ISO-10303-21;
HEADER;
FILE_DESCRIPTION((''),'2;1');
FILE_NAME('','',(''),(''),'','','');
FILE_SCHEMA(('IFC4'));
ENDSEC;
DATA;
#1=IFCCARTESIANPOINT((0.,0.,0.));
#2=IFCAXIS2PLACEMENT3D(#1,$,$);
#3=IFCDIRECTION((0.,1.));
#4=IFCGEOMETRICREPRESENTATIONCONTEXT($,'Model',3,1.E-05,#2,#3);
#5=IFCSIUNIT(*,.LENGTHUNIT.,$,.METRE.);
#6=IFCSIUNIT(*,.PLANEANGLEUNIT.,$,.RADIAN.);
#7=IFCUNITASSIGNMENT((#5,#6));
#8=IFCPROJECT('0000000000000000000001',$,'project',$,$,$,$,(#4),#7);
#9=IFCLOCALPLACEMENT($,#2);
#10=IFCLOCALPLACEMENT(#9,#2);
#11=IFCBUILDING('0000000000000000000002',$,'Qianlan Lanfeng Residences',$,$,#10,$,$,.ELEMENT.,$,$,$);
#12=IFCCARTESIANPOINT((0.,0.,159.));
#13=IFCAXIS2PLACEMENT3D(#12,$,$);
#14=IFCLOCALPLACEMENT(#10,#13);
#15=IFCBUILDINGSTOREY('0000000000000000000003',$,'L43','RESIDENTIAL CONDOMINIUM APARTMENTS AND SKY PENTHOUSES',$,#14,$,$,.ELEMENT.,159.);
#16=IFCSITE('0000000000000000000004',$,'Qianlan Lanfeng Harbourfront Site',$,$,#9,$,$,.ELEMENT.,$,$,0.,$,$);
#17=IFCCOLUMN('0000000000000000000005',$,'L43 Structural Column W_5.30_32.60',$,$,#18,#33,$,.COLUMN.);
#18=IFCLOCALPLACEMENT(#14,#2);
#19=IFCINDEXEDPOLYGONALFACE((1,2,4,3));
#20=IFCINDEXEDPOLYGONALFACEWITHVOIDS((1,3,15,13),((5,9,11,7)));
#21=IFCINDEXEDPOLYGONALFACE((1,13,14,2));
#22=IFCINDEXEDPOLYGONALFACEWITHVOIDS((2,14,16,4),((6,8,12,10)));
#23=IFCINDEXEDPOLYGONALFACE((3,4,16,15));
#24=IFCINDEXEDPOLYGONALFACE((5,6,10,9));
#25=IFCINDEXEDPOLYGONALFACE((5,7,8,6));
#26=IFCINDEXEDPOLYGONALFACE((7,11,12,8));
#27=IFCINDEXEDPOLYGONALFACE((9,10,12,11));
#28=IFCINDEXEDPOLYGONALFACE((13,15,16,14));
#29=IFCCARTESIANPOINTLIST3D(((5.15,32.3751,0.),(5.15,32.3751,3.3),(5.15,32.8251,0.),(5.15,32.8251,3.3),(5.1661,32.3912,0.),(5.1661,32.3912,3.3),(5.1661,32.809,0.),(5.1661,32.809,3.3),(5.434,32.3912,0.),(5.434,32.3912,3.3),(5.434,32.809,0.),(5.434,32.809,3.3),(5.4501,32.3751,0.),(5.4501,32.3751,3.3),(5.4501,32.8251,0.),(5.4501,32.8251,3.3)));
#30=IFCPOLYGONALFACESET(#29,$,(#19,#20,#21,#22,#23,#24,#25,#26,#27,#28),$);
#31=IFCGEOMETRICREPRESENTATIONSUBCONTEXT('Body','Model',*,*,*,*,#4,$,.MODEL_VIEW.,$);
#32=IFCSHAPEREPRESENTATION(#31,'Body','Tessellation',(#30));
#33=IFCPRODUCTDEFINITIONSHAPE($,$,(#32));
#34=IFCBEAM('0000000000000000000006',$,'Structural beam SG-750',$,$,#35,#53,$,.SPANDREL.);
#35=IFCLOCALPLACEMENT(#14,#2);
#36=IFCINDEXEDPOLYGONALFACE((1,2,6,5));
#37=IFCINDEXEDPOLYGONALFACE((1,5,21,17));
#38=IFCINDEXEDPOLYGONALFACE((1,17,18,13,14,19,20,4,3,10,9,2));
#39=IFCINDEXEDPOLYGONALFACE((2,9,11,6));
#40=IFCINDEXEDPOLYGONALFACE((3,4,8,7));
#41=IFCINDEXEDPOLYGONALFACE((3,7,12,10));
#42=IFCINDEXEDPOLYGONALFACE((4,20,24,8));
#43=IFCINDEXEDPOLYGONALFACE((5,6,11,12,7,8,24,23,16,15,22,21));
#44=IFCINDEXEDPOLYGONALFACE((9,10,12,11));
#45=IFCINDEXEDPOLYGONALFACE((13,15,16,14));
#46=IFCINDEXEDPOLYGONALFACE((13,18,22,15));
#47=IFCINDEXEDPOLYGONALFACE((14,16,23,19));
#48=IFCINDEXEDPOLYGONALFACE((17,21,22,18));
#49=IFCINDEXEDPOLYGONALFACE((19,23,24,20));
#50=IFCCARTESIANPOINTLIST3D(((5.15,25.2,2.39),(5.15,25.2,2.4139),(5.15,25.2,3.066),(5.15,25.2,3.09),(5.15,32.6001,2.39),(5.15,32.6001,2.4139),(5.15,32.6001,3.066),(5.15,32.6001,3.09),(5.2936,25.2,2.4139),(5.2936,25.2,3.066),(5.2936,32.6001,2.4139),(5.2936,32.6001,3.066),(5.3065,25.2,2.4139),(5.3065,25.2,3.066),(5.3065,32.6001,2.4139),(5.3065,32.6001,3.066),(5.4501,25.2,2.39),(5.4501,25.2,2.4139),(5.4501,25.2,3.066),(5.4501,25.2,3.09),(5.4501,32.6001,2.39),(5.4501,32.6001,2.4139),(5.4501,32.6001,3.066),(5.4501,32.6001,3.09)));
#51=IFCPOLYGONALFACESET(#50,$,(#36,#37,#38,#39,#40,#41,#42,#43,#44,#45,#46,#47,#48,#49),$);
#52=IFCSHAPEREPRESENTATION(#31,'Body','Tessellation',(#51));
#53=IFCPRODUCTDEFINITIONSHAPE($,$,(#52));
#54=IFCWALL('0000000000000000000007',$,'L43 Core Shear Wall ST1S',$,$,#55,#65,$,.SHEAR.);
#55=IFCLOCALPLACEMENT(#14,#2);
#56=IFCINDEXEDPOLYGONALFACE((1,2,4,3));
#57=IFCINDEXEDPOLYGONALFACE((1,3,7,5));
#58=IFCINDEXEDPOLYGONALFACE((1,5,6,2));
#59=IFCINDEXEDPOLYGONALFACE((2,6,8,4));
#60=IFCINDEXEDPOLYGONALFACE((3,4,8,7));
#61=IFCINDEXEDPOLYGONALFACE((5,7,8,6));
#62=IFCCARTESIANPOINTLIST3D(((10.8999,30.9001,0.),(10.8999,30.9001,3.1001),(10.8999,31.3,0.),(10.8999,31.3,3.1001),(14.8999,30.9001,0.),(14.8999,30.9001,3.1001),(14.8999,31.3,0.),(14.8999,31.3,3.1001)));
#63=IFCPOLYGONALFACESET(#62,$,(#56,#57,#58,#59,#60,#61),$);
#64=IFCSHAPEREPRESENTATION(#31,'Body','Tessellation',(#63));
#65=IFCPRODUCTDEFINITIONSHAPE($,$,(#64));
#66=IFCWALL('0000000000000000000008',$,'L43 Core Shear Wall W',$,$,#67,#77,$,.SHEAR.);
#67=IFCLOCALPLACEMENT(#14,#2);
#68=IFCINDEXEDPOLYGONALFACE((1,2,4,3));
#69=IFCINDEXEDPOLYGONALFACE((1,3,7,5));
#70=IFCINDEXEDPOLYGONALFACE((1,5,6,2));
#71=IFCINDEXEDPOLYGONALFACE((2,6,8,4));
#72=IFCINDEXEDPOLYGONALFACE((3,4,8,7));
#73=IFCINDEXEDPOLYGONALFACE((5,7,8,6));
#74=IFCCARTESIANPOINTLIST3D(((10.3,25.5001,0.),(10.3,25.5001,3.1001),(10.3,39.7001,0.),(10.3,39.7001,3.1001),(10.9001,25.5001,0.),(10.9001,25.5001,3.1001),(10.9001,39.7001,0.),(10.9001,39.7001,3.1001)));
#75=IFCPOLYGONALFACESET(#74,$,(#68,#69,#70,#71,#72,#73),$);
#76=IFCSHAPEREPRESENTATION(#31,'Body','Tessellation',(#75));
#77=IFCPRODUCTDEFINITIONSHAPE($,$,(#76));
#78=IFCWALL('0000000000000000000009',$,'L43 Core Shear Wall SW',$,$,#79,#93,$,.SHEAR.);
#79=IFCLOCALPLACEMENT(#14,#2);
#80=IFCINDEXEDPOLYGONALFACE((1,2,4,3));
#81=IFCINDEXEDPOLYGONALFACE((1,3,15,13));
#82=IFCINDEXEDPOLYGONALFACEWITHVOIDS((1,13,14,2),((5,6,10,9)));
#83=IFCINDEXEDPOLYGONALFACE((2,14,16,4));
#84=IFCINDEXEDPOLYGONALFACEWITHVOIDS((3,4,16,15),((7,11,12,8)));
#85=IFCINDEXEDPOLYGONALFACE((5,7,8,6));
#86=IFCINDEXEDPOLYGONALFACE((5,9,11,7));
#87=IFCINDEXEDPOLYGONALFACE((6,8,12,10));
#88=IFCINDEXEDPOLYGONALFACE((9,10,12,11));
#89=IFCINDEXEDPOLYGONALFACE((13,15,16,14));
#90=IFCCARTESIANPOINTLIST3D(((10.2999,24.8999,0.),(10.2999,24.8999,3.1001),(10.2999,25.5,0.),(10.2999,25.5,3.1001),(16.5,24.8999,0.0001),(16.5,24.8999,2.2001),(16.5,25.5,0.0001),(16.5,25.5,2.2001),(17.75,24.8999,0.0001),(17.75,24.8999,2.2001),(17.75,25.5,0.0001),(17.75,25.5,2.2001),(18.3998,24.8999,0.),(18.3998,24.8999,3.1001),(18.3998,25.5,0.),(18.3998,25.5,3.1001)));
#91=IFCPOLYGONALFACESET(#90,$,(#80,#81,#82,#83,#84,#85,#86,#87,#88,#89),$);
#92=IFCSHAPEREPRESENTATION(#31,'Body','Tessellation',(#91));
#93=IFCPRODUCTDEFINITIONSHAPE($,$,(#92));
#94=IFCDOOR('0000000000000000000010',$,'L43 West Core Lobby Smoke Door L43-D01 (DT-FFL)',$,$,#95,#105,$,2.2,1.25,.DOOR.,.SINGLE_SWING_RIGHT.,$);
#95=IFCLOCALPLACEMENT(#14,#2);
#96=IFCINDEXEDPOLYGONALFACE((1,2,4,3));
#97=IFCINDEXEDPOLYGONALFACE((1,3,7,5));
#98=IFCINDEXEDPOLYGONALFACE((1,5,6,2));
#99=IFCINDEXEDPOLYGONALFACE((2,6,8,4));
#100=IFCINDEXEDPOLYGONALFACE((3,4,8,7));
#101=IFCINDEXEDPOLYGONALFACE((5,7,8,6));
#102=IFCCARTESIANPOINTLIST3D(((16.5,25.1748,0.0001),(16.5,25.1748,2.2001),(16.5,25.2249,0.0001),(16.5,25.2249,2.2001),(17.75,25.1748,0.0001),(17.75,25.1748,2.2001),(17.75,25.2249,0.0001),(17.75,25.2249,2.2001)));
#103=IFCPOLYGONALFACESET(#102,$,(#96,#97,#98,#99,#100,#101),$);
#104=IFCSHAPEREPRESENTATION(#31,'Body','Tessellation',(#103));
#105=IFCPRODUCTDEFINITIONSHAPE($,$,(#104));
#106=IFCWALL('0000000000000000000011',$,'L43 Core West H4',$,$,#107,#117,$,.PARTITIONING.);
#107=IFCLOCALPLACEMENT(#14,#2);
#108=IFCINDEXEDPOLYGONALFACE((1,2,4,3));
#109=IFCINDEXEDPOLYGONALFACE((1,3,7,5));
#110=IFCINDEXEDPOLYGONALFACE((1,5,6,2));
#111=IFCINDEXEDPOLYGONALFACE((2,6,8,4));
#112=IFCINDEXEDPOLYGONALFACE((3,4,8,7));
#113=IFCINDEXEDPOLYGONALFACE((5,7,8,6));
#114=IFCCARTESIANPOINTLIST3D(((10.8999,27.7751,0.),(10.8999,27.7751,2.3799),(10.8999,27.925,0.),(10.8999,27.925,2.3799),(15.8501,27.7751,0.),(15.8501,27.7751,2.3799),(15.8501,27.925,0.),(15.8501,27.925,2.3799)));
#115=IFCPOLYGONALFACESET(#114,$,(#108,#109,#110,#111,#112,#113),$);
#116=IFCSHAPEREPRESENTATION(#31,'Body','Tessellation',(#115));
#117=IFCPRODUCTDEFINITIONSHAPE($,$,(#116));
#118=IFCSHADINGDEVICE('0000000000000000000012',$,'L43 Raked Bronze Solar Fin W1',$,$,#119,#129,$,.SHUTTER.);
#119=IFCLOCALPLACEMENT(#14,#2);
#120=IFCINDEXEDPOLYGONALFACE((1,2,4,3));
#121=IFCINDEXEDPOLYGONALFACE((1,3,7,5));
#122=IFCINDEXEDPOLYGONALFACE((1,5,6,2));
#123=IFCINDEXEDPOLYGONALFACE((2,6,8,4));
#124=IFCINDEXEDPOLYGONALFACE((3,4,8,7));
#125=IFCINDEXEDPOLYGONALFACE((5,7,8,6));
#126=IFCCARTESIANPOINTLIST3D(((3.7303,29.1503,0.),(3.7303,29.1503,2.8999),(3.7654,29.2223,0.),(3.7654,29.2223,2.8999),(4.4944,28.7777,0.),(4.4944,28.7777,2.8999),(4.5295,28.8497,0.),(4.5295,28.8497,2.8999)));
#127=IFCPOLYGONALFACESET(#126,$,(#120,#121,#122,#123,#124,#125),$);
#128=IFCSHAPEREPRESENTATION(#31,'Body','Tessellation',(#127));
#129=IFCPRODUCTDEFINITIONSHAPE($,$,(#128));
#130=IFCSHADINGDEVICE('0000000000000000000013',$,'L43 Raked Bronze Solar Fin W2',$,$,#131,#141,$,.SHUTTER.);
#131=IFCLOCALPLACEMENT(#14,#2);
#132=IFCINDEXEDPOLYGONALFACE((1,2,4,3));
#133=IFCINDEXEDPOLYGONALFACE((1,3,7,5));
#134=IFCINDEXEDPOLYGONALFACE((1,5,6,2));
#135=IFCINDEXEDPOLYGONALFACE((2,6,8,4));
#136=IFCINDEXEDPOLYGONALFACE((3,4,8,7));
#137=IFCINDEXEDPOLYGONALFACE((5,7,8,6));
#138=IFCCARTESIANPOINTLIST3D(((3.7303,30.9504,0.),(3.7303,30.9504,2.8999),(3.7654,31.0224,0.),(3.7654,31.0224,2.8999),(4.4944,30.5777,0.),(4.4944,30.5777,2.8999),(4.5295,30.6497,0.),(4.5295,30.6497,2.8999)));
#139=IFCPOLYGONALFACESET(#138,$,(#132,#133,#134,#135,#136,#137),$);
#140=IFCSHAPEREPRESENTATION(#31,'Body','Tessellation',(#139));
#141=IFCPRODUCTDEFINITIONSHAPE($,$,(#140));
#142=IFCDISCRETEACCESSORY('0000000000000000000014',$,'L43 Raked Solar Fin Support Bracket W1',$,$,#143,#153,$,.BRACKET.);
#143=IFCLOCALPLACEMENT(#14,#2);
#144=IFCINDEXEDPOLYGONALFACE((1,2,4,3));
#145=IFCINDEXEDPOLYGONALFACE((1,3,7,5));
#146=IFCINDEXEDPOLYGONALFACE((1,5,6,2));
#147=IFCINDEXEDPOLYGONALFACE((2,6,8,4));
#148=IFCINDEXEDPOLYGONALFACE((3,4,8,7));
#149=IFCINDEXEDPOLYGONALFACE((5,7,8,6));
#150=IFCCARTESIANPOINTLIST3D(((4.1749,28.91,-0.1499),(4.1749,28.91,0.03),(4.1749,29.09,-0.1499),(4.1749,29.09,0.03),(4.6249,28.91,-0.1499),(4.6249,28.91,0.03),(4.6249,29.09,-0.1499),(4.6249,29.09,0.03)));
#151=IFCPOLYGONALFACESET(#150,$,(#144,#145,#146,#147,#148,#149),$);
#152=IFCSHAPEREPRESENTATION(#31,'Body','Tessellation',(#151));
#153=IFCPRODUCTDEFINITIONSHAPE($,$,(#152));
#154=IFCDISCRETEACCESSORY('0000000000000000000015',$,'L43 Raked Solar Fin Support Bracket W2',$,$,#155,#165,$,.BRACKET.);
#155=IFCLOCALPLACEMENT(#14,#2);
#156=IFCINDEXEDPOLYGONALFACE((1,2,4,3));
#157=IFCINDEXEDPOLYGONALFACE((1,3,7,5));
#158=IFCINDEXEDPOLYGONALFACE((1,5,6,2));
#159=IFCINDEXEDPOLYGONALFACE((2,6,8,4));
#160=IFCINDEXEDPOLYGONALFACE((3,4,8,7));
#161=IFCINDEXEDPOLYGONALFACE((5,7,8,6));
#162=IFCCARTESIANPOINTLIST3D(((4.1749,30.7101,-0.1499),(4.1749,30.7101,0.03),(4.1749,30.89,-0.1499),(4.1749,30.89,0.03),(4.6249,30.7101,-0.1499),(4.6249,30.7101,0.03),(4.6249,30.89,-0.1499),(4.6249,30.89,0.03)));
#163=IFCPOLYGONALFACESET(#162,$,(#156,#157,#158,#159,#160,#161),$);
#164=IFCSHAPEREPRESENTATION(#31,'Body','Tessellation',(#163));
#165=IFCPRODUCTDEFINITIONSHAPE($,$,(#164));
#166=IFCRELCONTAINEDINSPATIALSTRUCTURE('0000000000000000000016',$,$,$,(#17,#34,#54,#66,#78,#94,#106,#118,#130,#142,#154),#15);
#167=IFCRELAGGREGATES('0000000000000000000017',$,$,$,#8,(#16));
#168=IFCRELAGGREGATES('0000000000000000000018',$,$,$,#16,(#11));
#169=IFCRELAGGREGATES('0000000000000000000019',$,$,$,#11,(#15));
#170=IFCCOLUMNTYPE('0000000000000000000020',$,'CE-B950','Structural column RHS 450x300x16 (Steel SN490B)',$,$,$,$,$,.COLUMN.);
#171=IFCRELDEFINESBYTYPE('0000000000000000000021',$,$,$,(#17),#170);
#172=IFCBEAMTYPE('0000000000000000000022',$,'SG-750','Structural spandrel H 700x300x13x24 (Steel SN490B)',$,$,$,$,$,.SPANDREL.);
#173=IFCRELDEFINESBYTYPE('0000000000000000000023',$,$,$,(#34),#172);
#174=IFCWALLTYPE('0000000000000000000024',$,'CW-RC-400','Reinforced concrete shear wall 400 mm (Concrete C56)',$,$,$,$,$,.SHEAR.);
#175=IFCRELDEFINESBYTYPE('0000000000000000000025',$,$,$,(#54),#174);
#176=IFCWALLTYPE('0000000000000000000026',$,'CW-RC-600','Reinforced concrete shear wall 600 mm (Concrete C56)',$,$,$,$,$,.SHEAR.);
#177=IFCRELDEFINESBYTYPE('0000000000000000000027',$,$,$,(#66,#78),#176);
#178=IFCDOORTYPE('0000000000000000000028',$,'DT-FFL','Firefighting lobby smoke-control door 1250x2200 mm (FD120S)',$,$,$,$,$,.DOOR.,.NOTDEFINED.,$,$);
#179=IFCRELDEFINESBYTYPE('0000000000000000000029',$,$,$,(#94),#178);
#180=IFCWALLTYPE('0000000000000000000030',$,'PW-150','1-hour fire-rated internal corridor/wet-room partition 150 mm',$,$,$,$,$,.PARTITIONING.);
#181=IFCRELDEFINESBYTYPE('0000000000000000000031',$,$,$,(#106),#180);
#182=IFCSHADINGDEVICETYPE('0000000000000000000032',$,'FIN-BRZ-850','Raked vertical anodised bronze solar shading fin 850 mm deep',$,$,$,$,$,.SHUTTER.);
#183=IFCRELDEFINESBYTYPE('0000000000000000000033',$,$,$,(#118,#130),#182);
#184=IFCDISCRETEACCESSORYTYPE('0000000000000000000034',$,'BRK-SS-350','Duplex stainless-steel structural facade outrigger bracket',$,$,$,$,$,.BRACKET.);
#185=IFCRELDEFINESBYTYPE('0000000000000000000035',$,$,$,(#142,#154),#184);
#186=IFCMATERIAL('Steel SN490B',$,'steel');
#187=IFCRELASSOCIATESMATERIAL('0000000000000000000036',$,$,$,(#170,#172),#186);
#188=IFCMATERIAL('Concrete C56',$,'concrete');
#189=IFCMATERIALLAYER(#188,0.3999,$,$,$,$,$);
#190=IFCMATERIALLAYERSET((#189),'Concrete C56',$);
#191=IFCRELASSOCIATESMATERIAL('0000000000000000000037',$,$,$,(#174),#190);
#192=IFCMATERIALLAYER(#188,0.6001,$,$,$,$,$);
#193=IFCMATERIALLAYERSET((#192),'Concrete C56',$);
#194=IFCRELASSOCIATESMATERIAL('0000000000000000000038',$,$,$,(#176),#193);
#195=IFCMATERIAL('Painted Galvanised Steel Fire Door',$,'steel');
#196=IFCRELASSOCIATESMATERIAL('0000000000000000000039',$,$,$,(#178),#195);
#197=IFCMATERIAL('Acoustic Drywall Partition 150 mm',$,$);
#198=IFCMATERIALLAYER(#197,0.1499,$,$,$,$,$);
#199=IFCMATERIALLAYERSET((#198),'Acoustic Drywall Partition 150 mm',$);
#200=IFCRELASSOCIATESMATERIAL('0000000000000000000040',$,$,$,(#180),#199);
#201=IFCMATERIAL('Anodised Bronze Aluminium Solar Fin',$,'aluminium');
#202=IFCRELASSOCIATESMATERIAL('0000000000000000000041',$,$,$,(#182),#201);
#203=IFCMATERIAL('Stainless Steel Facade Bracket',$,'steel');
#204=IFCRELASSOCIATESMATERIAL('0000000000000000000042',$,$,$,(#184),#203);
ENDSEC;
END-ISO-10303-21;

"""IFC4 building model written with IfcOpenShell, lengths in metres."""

from ifc_helpers import new_model, si_unit, direction, frame, frame_2d, origin, origin_2d, place, context, subcontext, project, spatial, rectangle, hollow_rectangle, i_section, extrude, source, transform, mapped, material, layer, layer_set, material_profile, profile_set, type_object, element, fill, save


model = new_model("IFC4")

# Units and contexts
model_context = context("Model", 3, precision=1e-05, world=origin(), true_north=direction((0.0, 1.0)))
body_context = subcontext(model_context, "Body", "Model", "MODEL_VIEW")
ifc_project = project(units=[si_unit("LENGTHUNIT", "METRE"), si_unit("PLANEANGLEUNIT", "RADIAN")], contexts=[model_context])

# Site, building, storey
site_placement = place(None, origin())
site = spatial("IfcSite", under=ifc_project, at=site_placement, Name="Qianlan Lanfeng Harbourfront Site", CompositionType="ELEMENT", RefElevation=0.0)
building_placement = place(site_placement, origin())
building = spatial("IfcBuilding", under=site, at=building_placement, Name="Qianlan Lanfeng Residences", CompositionType="ELEMENT")
storey_placement = place(building_placement, frame((0.0, 0.0, 159.0)))
storey = spatial("IfcBuildingStorey", under=building, at=storey_placement, Name="L43", Description="RESIDENTIAL CONDOMINIUM APARTMENTS AND SKY PENTHOUSES", CompositionType="ELEMENT", Elevation=159.0)

# Column
ifc_material_1 = material(Name="Steel SN490B", Category="steel")
ifc_material_profile_1 = material_profile(ifc_material_1, hollow_rectangle(XDim=0.3, YDim=0.45, WallThickness=0.0161, at=origin_2d()), Name="RHS 450x300x16")
ifc_profile_set_1 = profile_set([ifc_material_profile_1], Name="Steel SN490B")
column_type = type_object("IfcColumnType", Name="CE-B950", Description="Structural column RHS 450x300x16 (Steel SN490B)", PredefinedType="COLUMN", material=ifc_profile_set_1)
column_placement = place(storey_placement, frame((5.3, 32.6001, 0.0), z_axis=(0.0, 0.0, 1.0), x_axis=(1.0, 0.0, 0.0)))
element("IfcColumn", 1, at=column_placement, inside=storey, type_object=column_type, Name="L43 Structural Column W_5.30_32.60", PredefinedType="COLUMN", context=body_context, shape_type="SweptSolid", body=[
    extrude(hollow_rectangle(XDim=0.3, YDim=0.45, WallThickness=0.0161, at=origin_2d()), origin(), (0.0, 0.0, 1.0), 3.3),
])

# Beam
ifc_material_profile_2 = material_profile(ifc_material_1, i_section(OverallWidth=0.3, OverallDepth=0.7, WebThickness=0.0129, FlangeThickness=0.0239, at=origin_2d()), Name="H 700x300x13x24")
ifc_profile_set_2 = profile_set([ifc_material_profile_2], Name="Steel SN490B")
beam_type = type_object("IfcBeamType", Name="SG-750", Description="Structural spandrel H 700x300x13x24 (Steel SN490B)", PredefinedType="SPANDREL", material=ifc_profile_set_2)
beam_placement = place(storey_placement, frame((5.3, 25.2, 2.74), z_axis=(0.0, 1.0, 0.0), x_axis=(-1.0, 0.0, 0.0)))
element("IfcBeam", 2, at=beam_placement, inside=storey, type_object=beam_type, Name="Structural beam SG-750", PredefinedType="SPANDREL", context=body_context, shape_type="SweptSolid", body=[
    extrude(i_section(OverallWidth=0.3, OverallDepth=0.7, WebThickness=0.0129, FlangeThickness=0.0239, at=origin_2d()), origin(), (0.0, 0.0, 1.0), 7.4001),
])

# Walls
ifc_material_2 = material(Name="Concrete C56", Category="concrete")
ifc_layer_1 = layer(ifc_material_2, 0.3999)
ifc_layer_set_1 = layer_set([ifc_layer_1], Name="Concrete C56")
wall_type_1 = type_object("IfcWallType", Name="CW-RC-400", Description="Reinforced concrete shear wall 400 mm (Concrete C56)", PredefinedType="SHEAR", material=ifc_layer_set_1)
wall_1_placement = place(storey_placement, frame((10.8999, 31.1001, 0.0), z_axis=(0.0, 0.0, 1.0), x_axis=(1.0, 0.0, 0.0)))
element("IfcWall", 3, at=wall_1_placement, inside=storey, type_object=wall_type_1, Name="L43 Core Shear Wall ST1S", PredefinedType="SHEAR", context=body_context, shape_type="SweptSolid", body=[
    extrude(rectangle(XDim=4.0, YDim=0.3999, at=frame_2d((2.0, 0.0))), origin(), (0.0, 0.0, 1.0), 3.1001),
])
ifc_layer_2 = layer(ifc_material_2, 0.6001)
ifc_layer_set_2 = layer_set([ifc_layer_2], Name="Concrete C56")
wall_type_2 = type_object("IfcWallType", Name="CW-RC-600", Description="Reinforced concrete shear wall 600 mm (Concrete C56)", PredefinedType="SHEAR", material=ifc_layer_set_2)
wall_2_placement = place(storey_placement, frame((10.6001, 25.5, 0.0), z_axis=(0.0, 0.0, 1.0), x_axis=(0.0, 1.0, 0.0)))
element("IfcWall", 4, at=wall_2_placement, inside=storey, type_object=wall_type_2, Name="L43 Core Shear Wall W", PredefinedType="SHEAR", context=body_context, shape_type="SweptSolid", body=[
    extrude(rectangle(XDim=14.2, YDim=0.6001, at=frame_2d((7.1001, 0.0))), origin(), (0.0, 0.0, 1.0), 3.1001),
])

# Wall, opening, door
wall_3_placement = place(storey_placement, frame((10.3, 25.2, 0.0), z_axis=(0.0, 0.0, 1.0), x_axis=(1.0, 0.0, 0.0)))
wall_3 = element("IfcWall", 5, at=wall_3_placement, inside=storey, type_object=wall_type_2, Name="L43 Core Shear Wall SW", PredefinedType="SHEAR", context=body_context, shape_type="SweptSolid", body=[
    extrude(rectangle(XDim=8.0999, YDim=0.6001, at=frame_2d((4.0498, 0.0))), origin(), (0.0, 0.0, 1.0), 3.1001),
])
opening_placement = place(wall_3_placement, frame((6.2, 0.0, 0.0)))
opening = element("IfcOpeningElement", 6, at=opening_placement, cuts=wall_3, PredefinedType="OPENING", context=body_context, shape_type="SweptSolid", body=[
    extrude(rectangle(XDim=1.25, YDim=2.2, at=frame_2d((0.625, 1.1001))), frame((0.0, 0.3101, 0.0), z_axis=(0.0, -1.0, 0.0), x_axis=(1.0, 0.0, 0.0)), (0.0, 0.0, 1.0), 0.6201),
])
ifc_material_3 = material(Name="Painted Galvanised Steel Fire Door", Category="steel")
door_type = type_object("IfcDoorType", Name="DT-FFL", Description="Firefighting lobby smoke-control door 1250x2200 mm (FD120S)", OperationType="NOTDEFINED", PredefinedType="DOOR", material=ifc_material_3)
door_placement = place(opening_placement, origin())
door = element("IfcDoor", 7, at=door_placement, inside=storey, type_object=door_type, Name="L43 West Core Lobby Smoke Door L43-D01 (DT-FFL)", OperationType="SINGLE_SWING_RIGHT", OverallHeight=2.2, OverallWidth=1.25, PredefinedType="DOOR", context=body_context, shape_type="SweptSolid", body=[
    extrude(rectangle(XDim=1.25, YDim=2.2, at=frame_2d((0.625, 1.1001))), frame((0.0, 0.0249, 0.0), z_axis=(0.0, -1.0, 0.0), x_axis=(1.0, 0.0, 0.0)), (0.0, 0.0, 1.0), 0.05),
])
fill(opening, door)

# Wall
ifc_material_4 = material(Name="Acoustic Drywall Partition 150 mm")
ifc_layer_3 = layer(ifc_material_4, 0.1499)
ifc_layer_set_3 = layer_set([ifc_layer_3], Name="Acoustic Drywall Partition 150 mm")
wall_type_3 = type_object("IfcWallType", Name="PW-150", Description="1-hour fire-rated internal corridor/wet-room partition 150 mm", PredefinedType="PARTITIONING", material=ifc_layer_set_3)
wall_4_placement = place(storey_placement, frame((10.8999, 27.8501, 0.0), z_axis=(0.0, 0.0, 1.0), x_axis=(1.0, 0.0, 0.0)))
element("IfcWall", 8, at=wall_4_placement, inside=storey, type_object=wall_type_3, Name="L43 Core West H4", PredefinedType="PARTITIONING", context=body_context, shape_type="SweptSolid", body=[
    extrude(rectangle(XDim=4.9502, YDim=0.1499, at=frame_2d((2.4751, 0.0))), origin(), (0.0, 0.0, 1.0), 2.3799),
])

# Shading devices
ifc_material_5 = material(Name="Anodised Bronze Aluminium Solar Fin", Category="aluminium")
shading_device_type = type_object("IfcShadingDeviceType", Name="FIN-BRZ-850", Description="Raked vertical anodised bronze solar shading fin 850 mm deep", PredefinedType="SHUTTER", material=ifc_material_5)
shared_shape_1 = source(origin(), body_context, "Body", "SweptSolid", [
    extrude(rectangle(XDim=0.8501, YDim=0.0801, at=origin_2d()), origin(), (0.0, 0.0, 1.0), 2.8999),
])
for number, where, z_axis, x_axis, name in (
    (9, (4.1299, 29.0, 0.0), (0.0, 0.0, 1.0), (0.898794, -0.438371, 0.0), "L43 Raked Bronze Solar Fin W1"),
    (10, (4.1299, 30.8, 0.0), (0.0, 0.0, 1.0), (0.898794, -0.438371, 0.0), "L43 Raked Bronze Solar Fin W2"),
):
    element("IfcShadingDevice", number, at=place(storey_placement, frame(where, z_axis=z_axis, x_axis=x_axis)), inside=storey, type_object=shading_device_type, Name=name, PredefinedType="SHUTTER", context=body_context, shape_type="MappedRepresentation", body=[
        mapped(shared_shape_1, transform((0.0, 0.0, 0.0), scale=1.0)),
    ])

# Discrete accessories
ifc_material_6 = material(Name="Stainless Steel Facade Bracket", Category="steel")
discrete_accessory_type = type_object("IfcDiscreteAccessoryType", Name="BRK-SS-350", Description="Duplex stainless-steel structural facade outrigger bracket", PredefinedType="BRACKET", material=ifc_material_6)
shared_shape_2 = source(origin(), body_context, "Body", "SweptSolid", [
    extrude(rectangle(XDim=0.45, YDim=0.1799, at=origin_2d()), origin(), (0.0, 0.0, 1.0), 0.1799),
])
for number, where, z_axis, x_axis, name in (
    (11, (4.3999, 29.0, -0.1499), (0.0, 0.0, 1.0), (1.0, 0.0, 0.0), "L43 Raked Solar Fin Support Bracket W1"),
    (12, (4.3999, 30.8, -0.1499), (0.0, 0.0, 1.0), (1.0, 0.0, 0.0), "L43 Raked Solar Fin Support Bracket W2"),
):
    element("IfcDiscreteAccessory", number, at=place(storey_placement, frame(where, z_axis=z_axis, x_axis=x_axis)), inside=storey, type_object=discrete_accessory_type, Name=name, PredefinedType="BRACKET", context=body_context, shape_type="MappedRepresentation", body=[
        mapped(shared_shape_2, transform((0.0, 0.0, 0.0), scale=1.0)),
    ])

save(model, "model.ifc")
